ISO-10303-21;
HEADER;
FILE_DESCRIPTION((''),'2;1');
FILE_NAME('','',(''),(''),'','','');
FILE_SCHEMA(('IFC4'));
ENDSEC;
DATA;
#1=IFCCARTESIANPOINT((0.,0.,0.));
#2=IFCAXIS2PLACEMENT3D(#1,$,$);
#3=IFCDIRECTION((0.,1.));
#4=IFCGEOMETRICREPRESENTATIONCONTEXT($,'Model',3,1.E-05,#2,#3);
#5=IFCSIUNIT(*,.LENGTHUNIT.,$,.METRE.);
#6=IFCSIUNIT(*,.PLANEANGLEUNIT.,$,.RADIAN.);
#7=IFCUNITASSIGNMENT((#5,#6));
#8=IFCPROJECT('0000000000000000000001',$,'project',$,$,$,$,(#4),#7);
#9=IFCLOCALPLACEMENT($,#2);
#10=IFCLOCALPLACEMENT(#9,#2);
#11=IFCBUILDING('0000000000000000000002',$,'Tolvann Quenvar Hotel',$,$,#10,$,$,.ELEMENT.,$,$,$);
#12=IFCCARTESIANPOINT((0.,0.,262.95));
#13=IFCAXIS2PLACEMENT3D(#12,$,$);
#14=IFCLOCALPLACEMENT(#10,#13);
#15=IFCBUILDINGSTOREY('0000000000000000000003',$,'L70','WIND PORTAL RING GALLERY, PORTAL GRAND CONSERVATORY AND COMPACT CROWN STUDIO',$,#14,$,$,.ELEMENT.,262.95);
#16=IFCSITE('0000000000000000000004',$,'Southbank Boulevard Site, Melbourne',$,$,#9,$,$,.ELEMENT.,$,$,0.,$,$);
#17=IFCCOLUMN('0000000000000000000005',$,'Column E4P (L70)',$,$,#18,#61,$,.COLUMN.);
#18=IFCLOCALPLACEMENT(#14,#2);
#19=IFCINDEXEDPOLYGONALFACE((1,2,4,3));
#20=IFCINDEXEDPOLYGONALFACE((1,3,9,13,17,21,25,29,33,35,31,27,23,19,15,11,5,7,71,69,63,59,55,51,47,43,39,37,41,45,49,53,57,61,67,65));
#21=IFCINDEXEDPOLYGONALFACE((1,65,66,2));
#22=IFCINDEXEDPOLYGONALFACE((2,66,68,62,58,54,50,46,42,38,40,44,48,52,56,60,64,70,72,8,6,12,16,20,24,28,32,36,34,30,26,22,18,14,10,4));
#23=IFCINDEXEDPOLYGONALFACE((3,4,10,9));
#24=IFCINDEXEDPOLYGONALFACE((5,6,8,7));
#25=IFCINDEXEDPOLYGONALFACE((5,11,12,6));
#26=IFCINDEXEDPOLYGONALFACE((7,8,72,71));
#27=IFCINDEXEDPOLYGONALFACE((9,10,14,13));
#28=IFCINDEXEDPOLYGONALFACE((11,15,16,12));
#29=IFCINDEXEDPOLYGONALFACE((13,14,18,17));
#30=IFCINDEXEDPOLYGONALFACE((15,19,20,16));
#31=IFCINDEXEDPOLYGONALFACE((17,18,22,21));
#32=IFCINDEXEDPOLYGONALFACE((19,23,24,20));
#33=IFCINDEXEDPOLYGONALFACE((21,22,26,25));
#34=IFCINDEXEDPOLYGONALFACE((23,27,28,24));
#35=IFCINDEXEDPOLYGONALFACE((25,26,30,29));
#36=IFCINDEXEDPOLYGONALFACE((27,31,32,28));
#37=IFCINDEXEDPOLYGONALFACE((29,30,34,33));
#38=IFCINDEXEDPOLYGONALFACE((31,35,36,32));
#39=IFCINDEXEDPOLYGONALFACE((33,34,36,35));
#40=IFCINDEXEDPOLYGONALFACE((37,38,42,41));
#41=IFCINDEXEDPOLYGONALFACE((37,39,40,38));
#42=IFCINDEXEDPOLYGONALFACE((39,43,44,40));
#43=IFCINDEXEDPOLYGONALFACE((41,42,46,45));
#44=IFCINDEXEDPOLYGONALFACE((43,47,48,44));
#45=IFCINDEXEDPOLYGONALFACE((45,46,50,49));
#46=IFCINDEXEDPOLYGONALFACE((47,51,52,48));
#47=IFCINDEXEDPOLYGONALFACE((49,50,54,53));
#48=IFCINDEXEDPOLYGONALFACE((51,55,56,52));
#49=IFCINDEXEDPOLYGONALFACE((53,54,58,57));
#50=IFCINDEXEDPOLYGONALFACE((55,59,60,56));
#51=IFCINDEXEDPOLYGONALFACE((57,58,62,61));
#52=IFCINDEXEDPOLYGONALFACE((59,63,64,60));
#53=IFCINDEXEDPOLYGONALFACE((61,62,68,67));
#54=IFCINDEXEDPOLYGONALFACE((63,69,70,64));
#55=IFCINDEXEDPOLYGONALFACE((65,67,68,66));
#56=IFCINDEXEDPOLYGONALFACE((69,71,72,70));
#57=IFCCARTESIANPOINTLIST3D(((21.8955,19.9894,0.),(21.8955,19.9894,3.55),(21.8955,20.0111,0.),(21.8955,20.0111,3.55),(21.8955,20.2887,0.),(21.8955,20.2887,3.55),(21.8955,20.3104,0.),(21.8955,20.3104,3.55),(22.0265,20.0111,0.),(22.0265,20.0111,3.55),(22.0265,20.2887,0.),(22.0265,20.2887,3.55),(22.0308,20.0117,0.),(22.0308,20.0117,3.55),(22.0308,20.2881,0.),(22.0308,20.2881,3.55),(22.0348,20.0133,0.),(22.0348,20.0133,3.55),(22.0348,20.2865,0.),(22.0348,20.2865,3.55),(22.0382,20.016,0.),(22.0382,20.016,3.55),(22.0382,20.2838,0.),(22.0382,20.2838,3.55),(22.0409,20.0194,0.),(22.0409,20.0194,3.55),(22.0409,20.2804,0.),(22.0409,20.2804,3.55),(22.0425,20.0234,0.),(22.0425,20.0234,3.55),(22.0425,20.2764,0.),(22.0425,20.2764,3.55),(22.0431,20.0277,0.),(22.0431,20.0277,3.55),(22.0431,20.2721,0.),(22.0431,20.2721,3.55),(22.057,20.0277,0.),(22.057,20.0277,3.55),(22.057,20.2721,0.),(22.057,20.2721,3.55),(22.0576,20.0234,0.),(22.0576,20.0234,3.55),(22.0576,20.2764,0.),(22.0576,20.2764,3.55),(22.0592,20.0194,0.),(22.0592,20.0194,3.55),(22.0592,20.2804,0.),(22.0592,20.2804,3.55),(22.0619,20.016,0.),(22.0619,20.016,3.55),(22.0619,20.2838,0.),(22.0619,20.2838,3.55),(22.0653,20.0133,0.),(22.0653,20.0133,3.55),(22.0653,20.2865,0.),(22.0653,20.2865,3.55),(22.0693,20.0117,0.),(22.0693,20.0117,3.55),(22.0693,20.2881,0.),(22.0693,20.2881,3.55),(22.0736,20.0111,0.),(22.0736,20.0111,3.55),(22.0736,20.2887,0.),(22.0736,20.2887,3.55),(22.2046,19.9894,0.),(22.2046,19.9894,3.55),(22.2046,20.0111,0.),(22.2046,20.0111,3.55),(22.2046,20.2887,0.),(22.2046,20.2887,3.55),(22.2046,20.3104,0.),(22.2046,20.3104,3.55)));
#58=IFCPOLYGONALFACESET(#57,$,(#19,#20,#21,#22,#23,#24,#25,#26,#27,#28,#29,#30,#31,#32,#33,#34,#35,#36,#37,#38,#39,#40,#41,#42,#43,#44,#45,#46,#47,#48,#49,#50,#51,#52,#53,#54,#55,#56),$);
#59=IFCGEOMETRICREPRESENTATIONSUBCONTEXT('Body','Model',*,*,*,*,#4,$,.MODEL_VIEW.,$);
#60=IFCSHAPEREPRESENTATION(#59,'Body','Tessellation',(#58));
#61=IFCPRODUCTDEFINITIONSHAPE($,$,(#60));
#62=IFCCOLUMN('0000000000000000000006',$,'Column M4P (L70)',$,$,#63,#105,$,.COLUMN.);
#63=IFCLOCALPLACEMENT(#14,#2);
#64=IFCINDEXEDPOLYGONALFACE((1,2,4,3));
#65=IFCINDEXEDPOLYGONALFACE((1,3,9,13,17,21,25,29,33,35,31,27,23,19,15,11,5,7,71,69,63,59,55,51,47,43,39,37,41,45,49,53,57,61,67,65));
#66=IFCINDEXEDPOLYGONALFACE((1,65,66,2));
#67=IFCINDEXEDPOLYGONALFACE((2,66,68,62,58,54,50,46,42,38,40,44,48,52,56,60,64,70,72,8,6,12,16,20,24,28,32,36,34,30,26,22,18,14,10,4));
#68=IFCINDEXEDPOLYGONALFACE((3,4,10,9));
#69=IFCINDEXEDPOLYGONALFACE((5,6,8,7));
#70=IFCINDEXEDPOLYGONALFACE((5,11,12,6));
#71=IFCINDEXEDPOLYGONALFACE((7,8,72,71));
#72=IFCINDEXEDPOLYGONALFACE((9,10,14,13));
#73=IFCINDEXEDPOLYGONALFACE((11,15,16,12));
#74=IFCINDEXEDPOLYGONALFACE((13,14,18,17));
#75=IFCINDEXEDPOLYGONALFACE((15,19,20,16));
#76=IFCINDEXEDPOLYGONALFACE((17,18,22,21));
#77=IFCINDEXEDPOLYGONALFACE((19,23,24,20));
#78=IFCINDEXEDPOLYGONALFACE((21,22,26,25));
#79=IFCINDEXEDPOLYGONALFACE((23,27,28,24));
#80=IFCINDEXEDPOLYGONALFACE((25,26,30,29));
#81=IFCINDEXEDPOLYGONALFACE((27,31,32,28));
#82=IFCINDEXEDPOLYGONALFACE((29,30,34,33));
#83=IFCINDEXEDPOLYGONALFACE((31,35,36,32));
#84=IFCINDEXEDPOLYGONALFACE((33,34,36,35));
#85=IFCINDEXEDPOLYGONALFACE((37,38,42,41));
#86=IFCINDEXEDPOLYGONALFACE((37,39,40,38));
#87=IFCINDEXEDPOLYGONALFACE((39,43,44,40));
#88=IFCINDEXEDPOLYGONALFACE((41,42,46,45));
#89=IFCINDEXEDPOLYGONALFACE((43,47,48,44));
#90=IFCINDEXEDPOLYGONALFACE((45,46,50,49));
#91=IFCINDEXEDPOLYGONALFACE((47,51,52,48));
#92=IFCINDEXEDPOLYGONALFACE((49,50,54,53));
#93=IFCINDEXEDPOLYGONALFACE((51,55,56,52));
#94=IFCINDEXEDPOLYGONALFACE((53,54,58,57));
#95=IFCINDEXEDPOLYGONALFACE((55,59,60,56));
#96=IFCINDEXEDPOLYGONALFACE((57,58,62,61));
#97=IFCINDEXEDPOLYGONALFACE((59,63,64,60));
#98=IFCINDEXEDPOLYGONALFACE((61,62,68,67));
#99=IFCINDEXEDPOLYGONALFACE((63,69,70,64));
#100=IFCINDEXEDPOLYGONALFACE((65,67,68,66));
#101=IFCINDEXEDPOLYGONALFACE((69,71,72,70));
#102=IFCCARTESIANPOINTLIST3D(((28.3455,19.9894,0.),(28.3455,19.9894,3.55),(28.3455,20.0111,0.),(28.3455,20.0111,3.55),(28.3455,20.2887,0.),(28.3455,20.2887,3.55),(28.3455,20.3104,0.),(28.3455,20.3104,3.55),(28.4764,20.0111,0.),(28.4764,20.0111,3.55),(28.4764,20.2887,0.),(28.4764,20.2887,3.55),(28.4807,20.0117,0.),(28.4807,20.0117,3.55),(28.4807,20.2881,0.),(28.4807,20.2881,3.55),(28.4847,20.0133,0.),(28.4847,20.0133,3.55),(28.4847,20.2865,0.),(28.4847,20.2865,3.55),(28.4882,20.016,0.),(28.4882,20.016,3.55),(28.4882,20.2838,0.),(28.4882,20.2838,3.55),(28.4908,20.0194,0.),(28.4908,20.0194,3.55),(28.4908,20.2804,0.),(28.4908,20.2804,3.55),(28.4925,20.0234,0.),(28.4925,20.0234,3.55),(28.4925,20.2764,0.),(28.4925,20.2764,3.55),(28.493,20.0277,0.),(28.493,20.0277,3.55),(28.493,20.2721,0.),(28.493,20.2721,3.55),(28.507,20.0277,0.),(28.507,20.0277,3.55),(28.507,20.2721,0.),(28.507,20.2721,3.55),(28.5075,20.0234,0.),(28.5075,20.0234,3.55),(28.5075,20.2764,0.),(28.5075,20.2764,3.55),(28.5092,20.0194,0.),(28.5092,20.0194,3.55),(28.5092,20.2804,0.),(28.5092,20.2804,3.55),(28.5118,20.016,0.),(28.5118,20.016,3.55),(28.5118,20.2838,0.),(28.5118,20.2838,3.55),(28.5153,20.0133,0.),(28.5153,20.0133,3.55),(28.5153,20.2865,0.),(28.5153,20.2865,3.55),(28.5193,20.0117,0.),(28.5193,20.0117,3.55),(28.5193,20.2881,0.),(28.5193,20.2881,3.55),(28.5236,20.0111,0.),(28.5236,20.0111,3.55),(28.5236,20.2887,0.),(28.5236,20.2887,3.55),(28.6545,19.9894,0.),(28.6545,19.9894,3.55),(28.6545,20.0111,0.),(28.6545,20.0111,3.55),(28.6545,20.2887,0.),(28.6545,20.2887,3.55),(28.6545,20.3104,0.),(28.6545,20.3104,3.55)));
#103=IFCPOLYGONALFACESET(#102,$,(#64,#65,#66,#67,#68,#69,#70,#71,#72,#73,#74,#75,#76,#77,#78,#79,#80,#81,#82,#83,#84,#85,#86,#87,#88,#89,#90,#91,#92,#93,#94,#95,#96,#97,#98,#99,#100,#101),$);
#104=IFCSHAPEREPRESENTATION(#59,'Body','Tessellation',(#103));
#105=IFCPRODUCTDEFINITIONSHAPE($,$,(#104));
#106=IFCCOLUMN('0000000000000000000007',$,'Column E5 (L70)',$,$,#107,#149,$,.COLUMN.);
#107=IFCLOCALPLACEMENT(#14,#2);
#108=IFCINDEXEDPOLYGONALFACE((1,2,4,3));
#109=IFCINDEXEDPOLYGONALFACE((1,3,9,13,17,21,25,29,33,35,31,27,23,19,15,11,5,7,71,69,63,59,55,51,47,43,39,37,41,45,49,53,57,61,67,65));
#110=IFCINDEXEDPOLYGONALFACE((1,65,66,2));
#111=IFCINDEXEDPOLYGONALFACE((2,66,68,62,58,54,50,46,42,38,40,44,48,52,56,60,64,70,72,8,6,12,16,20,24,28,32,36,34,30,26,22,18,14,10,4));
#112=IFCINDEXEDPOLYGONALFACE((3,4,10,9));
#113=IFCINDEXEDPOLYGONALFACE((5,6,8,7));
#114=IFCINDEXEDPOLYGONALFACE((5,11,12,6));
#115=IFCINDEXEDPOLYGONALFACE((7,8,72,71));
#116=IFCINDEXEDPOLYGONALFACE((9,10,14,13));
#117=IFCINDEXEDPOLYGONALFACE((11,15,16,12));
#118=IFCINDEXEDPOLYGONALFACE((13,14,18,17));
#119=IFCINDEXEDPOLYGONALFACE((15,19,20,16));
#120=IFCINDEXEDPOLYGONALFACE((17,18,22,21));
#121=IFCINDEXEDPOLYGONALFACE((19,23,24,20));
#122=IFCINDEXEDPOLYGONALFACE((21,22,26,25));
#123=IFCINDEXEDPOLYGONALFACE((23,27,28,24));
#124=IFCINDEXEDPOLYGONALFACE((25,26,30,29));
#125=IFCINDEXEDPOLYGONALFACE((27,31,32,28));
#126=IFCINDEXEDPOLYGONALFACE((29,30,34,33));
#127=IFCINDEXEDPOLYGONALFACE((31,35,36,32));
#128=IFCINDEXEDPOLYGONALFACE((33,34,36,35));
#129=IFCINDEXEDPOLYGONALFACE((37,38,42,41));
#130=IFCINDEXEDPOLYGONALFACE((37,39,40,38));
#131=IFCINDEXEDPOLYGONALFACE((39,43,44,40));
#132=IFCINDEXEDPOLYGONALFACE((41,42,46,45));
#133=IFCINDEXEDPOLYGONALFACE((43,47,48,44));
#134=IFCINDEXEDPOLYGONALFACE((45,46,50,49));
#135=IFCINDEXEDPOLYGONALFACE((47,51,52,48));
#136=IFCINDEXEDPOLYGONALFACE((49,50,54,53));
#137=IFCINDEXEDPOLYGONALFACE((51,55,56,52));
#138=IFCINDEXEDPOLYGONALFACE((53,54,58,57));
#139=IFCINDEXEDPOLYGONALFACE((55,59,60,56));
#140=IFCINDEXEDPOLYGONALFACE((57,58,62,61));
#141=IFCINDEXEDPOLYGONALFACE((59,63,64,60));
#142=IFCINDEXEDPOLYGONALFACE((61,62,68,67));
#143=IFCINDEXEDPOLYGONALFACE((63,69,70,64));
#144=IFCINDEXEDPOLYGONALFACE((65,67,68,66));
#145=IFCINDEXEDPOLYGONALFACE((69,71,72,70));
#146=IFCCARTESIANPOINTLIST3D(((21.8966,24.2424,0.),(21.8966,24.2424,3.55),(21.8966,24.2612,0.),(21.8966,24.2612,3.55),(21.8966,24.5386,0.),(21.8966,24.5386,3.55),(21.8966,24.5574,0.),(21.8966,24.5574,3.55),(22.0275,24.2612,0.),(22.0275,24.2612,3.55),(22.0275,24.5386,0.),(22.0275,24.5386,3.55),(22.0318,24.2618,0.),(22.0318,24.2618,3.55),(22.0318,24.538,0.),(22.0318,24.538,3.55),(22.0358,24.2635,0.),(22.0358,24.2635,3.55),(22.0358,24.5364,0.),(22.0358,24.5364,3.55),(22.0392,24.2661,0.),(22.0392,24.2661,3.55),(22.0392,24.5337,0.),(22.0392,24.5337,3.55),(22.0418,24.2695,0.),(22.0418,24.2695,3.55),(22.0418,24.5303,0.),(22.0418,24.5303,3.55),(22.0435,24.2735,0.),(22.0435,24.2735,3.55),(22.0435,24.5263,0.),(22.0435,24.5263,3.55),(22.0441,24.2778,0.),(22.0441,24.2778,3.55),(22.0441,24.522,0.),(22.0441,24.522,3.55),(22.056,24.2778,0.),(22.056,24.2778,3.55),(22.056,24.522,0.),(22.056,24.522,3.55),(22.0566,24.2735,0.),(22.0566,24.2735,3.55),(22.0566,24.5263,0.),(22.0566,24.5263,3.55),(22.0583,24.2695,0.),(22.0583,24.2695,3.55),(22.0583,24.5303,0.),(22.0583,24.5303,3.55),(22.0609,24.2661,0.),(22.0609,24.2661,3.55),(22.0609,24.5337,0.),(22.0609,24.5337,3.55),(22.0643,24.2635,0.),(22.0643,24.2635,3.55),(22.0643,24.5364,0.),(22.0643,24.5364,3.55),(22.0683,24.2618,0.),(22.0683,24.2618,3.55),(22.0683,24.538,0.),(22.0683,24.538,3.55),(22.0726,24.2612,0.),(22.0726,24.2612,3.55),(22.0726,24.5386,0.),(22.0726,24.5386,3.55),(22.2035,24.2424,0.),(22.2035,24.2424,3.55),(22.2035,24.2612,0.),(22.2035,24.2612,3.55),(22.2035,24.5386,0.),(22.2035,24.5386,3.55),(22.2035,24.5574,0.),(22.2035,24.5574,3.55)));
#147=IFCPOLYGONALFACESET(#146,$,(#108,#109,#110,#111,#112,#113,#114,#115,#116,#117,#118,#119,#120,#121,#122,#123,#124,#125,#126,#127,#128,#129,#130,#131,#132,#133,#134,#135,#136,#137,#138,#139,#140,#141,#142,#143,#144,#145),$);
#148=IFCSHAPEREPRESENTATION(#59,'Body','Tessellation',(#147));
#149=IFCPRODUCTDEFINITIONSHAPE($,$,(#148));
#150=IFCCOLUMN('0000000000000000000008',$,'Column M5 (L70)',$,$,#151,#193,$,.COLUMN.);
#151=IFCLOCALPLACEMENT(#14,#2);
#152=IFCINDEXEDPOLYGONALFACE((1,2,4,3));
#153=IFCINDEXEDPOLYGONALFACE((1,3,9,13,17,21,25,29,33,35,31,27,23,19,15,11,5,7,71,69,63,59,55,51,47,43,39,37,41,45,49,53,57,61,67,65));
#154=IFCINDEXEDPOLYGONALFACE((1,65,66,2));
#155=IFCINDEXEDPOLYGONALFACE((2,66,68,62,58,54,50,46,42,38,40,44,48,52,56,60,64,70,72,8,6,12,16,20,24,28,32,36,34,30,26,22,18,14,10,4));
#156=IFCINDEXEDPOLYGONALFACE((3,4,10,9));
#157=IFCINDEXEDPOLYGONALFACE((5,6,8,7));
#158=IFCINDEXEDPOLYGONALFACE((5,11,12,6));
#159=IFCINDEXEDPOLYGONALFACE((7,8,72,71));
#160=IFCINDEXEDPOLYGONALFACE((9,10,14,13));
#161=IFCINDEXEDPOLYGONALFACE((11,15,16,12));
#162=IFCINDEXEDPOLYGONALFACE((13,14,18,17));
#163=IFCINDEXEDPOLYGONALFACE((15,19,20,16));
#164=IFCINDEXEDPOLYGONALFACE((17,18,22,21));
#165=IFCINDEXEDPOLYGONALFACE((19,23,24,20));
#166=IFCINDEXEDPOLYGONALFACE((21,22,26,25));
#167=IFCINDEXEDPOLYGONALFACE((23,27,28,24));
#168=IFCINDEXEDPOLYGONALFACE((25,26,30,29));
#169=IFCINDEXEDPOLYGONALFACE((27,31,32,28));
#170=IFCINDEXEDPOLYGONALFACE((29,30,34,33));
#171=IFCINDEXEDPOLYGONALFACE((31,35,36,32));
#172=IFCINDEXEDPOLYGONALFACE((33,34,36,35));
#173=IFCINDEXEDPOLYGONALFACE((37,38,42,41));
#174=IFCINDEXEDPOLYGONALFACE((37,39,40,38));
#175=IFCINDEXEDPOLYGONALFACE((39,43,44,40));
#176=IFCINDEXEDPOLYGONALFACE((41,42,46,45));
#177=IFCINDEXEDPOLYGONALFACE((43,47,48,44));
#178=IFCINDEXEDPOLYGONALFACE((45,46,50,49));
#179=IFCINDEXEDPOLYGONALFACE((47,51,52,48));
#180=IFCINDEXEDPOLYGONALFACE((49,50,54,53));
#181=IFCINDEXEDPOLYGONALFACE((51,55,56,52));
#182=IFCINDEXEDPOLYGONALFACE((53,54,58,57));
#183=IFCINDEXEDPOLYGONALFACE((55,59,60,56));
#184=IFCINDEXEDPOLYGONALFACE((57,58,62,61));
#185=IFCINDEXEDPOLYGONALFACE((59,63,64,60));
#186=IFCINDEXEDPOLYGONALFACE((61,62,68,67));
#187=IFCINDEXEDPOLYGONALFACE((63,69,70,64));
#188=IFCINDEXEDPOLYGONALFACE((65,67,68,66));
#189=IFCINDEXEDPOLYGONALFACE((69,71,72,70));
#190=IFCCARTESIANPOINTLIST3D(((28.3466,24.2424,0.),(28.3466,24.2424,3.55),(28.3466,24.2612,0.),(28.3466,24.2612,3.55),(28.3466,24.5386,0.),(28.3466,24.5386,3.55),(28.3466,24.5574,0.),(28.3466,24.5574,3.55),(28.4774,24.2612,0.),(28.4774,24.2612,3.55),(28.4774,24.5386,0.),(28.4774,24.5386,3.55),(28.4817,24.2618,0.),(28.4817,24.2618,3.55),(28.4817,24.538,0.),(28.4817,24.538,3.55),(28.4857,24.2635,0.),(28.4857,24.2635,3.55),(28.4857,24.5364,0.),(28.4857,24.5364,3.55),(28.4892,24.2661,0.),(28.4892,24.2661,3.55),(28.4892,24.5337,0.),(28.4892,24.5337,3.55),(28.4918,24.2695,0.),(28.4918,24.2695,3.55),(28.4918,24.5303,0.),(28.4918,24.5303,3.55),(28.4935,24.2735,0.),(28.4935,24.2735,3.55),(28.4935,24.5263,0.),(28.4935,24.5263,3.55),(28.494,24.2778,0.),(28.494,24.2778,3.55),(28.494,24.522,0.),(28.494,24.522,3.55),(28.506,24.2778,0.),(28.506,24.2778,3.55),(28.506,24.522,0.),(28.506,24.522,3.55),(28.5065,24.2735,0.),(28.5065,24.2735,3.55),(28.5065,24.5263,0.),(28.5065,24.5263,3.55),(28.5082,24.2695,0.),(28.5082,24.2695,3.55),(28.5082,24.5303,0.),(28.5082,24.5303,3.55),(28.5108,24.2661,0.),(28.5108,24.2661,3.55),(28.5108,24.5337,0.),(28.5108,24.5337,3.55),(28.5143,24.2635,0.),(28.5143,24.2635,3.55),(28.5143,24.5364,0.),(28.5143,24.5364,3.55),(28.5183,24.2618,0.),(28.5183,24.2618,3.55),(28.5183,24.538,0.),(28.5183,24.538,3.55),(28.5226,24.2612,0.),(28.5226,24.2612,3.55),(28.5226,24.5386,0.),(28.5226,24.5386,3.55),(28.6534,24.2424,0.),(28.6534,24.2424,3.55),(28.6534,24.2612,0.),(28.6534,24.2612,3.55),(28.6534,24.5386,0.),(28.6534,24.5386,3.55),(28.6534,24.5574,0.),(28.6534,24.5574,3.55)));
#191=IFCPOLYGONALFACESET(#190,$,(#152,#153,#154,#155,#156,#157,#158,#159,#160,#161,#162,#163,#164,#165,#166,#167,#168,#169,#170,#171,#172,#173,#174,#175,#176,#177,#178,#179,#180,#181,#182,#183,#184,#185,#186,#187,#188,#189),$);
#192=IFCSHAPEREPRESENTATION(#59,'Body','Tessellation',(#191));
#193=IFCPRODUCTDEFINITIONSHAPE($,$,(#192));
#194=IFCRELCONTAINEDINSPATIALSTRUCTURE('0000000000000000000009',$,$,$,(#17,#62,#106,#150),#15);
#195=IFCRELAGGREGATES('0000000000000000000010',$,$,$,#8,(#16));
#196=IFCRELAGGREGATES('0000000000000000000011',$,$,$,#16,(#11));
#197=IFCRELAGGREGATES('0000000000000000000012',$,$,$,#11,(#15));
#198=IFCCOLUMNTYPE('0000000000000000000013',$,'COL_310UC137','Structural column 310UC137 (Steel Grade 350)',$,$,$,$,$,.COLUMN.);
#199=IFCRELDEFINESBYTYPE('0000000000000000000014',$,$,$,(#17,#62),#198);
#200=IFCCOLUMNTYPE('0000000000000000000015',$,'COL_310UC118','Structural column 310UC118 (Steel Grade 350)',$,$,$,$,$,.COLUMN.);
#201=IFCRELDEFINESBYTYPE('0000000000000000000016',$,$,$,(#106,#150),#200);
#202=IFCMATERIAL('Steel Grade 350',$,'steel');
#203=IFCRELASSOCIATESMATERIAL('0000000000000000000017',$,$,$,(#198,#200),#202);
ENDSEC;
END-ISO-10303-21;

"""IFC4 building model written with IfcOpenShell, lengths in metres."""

from ifc_helpers import new_model, si_unit, direction, frame, origin, origin_2d, place, context, subcontext, project, spatial, i_section, extrude, source, transform, mapped, material, material_profile, profile_set, type_object, type_shapes, element, save


model = new_model("IFC4")

# Units and contexts
model_context = context("Model", 3, precision=1e-05, world=origin(), true_north=direction((0.0, 1.0)))
body_context = subcontext(model_context, "Body", "Model", "MODEL_VIEW")
ifc_project = project(units=[si_unit("LENGTHUNIT", "METRE"), si_unit("PLANEANGLEUNIT", "RADIAN")], contexts=[model_context])

# Site, building, storey
site_placement = place(None, origin())
site = spatial("IfcSite", under=ifc_project, at=site_placement, Name="Southbank Boulevard Site, Melbourne", CompositionType="ELEMENT", RefElevation=0.0)
building_placement = place(site_placement, origin())
building = spatial("IfcBuilding", under=site, at=building_placement, Name="Tolvann Quenvar Hotel", CompositionType="ELEMENT")
storey_placement = place(building_placement, frame((0.0, 0.0, 262.95)))
storey = spatial("IfcBuildingStorey", under=building, at=storey_placement, Name="L70", Description="WIND PORTAL RING GALLERY, PORTAL GRAND CONSERVATORY AND COMPACT CROWN STUDIO", CompositionType="ELEMENT", Elevation=262.95)

# Columns
ifc_material_1 = material(Name="Steel Grade 350", Category="steel")
ifc_material_profile_1 = material_profile(ifc_material_1, i_section(OverallWidth=0.3091, OverallDepth=0.321, WebThickness=0.0139, FlangeThickness=0.0217, FilletRadius=0.0166, at=origin_2d()), Name="310UC137")
ifc_profile_set_1 = profile_set([ifc_material_profile_1], Name="Steel Grade 350")
column_type_1 = type_object("IfcColumnType", Name="COL_310UC137", Description="Structural column 310UC137 (Steel Grade 350)", PredefinedType="COLUMN", material=ifc_profile_set_1)
shared_shape_1 = source(origin(), body_context, "Body", "SweptSolid", [
    extrude(i_section(OverallWidth=0.3091, OverallDepth=0.321, WebThickness=0.0139, FlangeThickness=0.0217, FilletRadius=0.0166, at=origin_2d()), origin(), (0.0, 0.0, 1.0), 3.55),
])
type_shapes(column_type_1, [shared_shape_1])
for number, where, z_axis, x_axis, name in (
    (1, (22.05, 20.1499, 0.0), (0.0, 0.0, 1.0), (1.0, 0.0, 0.0), "Column E4P (L70)"),
    (2, (28.5, 20.1499, 0.0), (0.0, 0.0, 1.0), (1.0, 0.0, 0.0), "Column M4P (L70)"),
):
    element("IfcColumn", number, at=place(storey_placement, frame(where, z_axis=z_axis, x_axis=x_axis)), inside=storey, type_object=column_type_1, Name=name, PredefinedType="COLUMN", context=body_context, shape_type="MappedRepresentation", body=[
        mapped(shared_shape_1, transform((0.0, 0.0, 0.0), x_axis=(1.0, 0.0, 0.0), y_axis=(0.0, 1.0, 0.0), z_axis=(0.0, 0.0, 1.0), scale=1.0)),
    ])
ifc_material_profile_2 = material_profile(ifc_material_1, i_section(OverallWidth=0.3069, OverallDepth=0.3149, WebThickness=0.012, FlangeThickness=0.0188, FilletRadius=0.0166, at=origin_2d()), Name="310UC118")
ifc_profile_set_2 = profile_set([ifc_material_profile_2], Name="Steel Grade 350")
column_type_2 = type_object("IfcColumnType", Name="COL_310UC118", Description="Structural column 310UC118 (Steel Grade 350)", PredefinedType="COLUMN", material=ifc_profile_set_2)
shared_shape_2 = source(origin(), body_context, "Body", "SweptSolid", [
    extrude(i_section(OverallWidth=0.3069, OverallDepth=0.3149, WebThickness=0.012, FlangeThickness=0.0188, FilletRadius=0.0166, at=origin_2d()), origin(), (0.0, 0.0, 1.0), 3.55),
])
type_shapes(column_type_2, [shared_shape_2])
for number, where, z_axis, x_axis, name in (
    (3, (22.05, 24.3999, 0.0), (0.0, 0.0, 1.0), (1.0, 0.0, 0.0), "Column E5 (L70)"),
    (4, (28.5, 24.3999, 0.0), (0.0, 0.0, 1.0), (1.0, 0.0, 0.0), "Column M5 (L70)"),
):
    element("IfcColumn", number, at=place(storey_placement, frame(where, z_axis=z_axis, x_axis=x_axis)), inside=storey, type_object=column_type_2, Name=name, PredefinedType="COLUMN", context=body_context, shape_type="MappedRepresentation", body=[
        mapped(shared_shape_2, transform((0.0, 0.0, 0.0), x_axis=(1.0, 0.0, 0.0), y_axis=(0.0, 1.0, 0.0), z_axis=(0.0, 0.0, 1.0), scale=1.0)),
    ])

save(model, "model.ifc")
